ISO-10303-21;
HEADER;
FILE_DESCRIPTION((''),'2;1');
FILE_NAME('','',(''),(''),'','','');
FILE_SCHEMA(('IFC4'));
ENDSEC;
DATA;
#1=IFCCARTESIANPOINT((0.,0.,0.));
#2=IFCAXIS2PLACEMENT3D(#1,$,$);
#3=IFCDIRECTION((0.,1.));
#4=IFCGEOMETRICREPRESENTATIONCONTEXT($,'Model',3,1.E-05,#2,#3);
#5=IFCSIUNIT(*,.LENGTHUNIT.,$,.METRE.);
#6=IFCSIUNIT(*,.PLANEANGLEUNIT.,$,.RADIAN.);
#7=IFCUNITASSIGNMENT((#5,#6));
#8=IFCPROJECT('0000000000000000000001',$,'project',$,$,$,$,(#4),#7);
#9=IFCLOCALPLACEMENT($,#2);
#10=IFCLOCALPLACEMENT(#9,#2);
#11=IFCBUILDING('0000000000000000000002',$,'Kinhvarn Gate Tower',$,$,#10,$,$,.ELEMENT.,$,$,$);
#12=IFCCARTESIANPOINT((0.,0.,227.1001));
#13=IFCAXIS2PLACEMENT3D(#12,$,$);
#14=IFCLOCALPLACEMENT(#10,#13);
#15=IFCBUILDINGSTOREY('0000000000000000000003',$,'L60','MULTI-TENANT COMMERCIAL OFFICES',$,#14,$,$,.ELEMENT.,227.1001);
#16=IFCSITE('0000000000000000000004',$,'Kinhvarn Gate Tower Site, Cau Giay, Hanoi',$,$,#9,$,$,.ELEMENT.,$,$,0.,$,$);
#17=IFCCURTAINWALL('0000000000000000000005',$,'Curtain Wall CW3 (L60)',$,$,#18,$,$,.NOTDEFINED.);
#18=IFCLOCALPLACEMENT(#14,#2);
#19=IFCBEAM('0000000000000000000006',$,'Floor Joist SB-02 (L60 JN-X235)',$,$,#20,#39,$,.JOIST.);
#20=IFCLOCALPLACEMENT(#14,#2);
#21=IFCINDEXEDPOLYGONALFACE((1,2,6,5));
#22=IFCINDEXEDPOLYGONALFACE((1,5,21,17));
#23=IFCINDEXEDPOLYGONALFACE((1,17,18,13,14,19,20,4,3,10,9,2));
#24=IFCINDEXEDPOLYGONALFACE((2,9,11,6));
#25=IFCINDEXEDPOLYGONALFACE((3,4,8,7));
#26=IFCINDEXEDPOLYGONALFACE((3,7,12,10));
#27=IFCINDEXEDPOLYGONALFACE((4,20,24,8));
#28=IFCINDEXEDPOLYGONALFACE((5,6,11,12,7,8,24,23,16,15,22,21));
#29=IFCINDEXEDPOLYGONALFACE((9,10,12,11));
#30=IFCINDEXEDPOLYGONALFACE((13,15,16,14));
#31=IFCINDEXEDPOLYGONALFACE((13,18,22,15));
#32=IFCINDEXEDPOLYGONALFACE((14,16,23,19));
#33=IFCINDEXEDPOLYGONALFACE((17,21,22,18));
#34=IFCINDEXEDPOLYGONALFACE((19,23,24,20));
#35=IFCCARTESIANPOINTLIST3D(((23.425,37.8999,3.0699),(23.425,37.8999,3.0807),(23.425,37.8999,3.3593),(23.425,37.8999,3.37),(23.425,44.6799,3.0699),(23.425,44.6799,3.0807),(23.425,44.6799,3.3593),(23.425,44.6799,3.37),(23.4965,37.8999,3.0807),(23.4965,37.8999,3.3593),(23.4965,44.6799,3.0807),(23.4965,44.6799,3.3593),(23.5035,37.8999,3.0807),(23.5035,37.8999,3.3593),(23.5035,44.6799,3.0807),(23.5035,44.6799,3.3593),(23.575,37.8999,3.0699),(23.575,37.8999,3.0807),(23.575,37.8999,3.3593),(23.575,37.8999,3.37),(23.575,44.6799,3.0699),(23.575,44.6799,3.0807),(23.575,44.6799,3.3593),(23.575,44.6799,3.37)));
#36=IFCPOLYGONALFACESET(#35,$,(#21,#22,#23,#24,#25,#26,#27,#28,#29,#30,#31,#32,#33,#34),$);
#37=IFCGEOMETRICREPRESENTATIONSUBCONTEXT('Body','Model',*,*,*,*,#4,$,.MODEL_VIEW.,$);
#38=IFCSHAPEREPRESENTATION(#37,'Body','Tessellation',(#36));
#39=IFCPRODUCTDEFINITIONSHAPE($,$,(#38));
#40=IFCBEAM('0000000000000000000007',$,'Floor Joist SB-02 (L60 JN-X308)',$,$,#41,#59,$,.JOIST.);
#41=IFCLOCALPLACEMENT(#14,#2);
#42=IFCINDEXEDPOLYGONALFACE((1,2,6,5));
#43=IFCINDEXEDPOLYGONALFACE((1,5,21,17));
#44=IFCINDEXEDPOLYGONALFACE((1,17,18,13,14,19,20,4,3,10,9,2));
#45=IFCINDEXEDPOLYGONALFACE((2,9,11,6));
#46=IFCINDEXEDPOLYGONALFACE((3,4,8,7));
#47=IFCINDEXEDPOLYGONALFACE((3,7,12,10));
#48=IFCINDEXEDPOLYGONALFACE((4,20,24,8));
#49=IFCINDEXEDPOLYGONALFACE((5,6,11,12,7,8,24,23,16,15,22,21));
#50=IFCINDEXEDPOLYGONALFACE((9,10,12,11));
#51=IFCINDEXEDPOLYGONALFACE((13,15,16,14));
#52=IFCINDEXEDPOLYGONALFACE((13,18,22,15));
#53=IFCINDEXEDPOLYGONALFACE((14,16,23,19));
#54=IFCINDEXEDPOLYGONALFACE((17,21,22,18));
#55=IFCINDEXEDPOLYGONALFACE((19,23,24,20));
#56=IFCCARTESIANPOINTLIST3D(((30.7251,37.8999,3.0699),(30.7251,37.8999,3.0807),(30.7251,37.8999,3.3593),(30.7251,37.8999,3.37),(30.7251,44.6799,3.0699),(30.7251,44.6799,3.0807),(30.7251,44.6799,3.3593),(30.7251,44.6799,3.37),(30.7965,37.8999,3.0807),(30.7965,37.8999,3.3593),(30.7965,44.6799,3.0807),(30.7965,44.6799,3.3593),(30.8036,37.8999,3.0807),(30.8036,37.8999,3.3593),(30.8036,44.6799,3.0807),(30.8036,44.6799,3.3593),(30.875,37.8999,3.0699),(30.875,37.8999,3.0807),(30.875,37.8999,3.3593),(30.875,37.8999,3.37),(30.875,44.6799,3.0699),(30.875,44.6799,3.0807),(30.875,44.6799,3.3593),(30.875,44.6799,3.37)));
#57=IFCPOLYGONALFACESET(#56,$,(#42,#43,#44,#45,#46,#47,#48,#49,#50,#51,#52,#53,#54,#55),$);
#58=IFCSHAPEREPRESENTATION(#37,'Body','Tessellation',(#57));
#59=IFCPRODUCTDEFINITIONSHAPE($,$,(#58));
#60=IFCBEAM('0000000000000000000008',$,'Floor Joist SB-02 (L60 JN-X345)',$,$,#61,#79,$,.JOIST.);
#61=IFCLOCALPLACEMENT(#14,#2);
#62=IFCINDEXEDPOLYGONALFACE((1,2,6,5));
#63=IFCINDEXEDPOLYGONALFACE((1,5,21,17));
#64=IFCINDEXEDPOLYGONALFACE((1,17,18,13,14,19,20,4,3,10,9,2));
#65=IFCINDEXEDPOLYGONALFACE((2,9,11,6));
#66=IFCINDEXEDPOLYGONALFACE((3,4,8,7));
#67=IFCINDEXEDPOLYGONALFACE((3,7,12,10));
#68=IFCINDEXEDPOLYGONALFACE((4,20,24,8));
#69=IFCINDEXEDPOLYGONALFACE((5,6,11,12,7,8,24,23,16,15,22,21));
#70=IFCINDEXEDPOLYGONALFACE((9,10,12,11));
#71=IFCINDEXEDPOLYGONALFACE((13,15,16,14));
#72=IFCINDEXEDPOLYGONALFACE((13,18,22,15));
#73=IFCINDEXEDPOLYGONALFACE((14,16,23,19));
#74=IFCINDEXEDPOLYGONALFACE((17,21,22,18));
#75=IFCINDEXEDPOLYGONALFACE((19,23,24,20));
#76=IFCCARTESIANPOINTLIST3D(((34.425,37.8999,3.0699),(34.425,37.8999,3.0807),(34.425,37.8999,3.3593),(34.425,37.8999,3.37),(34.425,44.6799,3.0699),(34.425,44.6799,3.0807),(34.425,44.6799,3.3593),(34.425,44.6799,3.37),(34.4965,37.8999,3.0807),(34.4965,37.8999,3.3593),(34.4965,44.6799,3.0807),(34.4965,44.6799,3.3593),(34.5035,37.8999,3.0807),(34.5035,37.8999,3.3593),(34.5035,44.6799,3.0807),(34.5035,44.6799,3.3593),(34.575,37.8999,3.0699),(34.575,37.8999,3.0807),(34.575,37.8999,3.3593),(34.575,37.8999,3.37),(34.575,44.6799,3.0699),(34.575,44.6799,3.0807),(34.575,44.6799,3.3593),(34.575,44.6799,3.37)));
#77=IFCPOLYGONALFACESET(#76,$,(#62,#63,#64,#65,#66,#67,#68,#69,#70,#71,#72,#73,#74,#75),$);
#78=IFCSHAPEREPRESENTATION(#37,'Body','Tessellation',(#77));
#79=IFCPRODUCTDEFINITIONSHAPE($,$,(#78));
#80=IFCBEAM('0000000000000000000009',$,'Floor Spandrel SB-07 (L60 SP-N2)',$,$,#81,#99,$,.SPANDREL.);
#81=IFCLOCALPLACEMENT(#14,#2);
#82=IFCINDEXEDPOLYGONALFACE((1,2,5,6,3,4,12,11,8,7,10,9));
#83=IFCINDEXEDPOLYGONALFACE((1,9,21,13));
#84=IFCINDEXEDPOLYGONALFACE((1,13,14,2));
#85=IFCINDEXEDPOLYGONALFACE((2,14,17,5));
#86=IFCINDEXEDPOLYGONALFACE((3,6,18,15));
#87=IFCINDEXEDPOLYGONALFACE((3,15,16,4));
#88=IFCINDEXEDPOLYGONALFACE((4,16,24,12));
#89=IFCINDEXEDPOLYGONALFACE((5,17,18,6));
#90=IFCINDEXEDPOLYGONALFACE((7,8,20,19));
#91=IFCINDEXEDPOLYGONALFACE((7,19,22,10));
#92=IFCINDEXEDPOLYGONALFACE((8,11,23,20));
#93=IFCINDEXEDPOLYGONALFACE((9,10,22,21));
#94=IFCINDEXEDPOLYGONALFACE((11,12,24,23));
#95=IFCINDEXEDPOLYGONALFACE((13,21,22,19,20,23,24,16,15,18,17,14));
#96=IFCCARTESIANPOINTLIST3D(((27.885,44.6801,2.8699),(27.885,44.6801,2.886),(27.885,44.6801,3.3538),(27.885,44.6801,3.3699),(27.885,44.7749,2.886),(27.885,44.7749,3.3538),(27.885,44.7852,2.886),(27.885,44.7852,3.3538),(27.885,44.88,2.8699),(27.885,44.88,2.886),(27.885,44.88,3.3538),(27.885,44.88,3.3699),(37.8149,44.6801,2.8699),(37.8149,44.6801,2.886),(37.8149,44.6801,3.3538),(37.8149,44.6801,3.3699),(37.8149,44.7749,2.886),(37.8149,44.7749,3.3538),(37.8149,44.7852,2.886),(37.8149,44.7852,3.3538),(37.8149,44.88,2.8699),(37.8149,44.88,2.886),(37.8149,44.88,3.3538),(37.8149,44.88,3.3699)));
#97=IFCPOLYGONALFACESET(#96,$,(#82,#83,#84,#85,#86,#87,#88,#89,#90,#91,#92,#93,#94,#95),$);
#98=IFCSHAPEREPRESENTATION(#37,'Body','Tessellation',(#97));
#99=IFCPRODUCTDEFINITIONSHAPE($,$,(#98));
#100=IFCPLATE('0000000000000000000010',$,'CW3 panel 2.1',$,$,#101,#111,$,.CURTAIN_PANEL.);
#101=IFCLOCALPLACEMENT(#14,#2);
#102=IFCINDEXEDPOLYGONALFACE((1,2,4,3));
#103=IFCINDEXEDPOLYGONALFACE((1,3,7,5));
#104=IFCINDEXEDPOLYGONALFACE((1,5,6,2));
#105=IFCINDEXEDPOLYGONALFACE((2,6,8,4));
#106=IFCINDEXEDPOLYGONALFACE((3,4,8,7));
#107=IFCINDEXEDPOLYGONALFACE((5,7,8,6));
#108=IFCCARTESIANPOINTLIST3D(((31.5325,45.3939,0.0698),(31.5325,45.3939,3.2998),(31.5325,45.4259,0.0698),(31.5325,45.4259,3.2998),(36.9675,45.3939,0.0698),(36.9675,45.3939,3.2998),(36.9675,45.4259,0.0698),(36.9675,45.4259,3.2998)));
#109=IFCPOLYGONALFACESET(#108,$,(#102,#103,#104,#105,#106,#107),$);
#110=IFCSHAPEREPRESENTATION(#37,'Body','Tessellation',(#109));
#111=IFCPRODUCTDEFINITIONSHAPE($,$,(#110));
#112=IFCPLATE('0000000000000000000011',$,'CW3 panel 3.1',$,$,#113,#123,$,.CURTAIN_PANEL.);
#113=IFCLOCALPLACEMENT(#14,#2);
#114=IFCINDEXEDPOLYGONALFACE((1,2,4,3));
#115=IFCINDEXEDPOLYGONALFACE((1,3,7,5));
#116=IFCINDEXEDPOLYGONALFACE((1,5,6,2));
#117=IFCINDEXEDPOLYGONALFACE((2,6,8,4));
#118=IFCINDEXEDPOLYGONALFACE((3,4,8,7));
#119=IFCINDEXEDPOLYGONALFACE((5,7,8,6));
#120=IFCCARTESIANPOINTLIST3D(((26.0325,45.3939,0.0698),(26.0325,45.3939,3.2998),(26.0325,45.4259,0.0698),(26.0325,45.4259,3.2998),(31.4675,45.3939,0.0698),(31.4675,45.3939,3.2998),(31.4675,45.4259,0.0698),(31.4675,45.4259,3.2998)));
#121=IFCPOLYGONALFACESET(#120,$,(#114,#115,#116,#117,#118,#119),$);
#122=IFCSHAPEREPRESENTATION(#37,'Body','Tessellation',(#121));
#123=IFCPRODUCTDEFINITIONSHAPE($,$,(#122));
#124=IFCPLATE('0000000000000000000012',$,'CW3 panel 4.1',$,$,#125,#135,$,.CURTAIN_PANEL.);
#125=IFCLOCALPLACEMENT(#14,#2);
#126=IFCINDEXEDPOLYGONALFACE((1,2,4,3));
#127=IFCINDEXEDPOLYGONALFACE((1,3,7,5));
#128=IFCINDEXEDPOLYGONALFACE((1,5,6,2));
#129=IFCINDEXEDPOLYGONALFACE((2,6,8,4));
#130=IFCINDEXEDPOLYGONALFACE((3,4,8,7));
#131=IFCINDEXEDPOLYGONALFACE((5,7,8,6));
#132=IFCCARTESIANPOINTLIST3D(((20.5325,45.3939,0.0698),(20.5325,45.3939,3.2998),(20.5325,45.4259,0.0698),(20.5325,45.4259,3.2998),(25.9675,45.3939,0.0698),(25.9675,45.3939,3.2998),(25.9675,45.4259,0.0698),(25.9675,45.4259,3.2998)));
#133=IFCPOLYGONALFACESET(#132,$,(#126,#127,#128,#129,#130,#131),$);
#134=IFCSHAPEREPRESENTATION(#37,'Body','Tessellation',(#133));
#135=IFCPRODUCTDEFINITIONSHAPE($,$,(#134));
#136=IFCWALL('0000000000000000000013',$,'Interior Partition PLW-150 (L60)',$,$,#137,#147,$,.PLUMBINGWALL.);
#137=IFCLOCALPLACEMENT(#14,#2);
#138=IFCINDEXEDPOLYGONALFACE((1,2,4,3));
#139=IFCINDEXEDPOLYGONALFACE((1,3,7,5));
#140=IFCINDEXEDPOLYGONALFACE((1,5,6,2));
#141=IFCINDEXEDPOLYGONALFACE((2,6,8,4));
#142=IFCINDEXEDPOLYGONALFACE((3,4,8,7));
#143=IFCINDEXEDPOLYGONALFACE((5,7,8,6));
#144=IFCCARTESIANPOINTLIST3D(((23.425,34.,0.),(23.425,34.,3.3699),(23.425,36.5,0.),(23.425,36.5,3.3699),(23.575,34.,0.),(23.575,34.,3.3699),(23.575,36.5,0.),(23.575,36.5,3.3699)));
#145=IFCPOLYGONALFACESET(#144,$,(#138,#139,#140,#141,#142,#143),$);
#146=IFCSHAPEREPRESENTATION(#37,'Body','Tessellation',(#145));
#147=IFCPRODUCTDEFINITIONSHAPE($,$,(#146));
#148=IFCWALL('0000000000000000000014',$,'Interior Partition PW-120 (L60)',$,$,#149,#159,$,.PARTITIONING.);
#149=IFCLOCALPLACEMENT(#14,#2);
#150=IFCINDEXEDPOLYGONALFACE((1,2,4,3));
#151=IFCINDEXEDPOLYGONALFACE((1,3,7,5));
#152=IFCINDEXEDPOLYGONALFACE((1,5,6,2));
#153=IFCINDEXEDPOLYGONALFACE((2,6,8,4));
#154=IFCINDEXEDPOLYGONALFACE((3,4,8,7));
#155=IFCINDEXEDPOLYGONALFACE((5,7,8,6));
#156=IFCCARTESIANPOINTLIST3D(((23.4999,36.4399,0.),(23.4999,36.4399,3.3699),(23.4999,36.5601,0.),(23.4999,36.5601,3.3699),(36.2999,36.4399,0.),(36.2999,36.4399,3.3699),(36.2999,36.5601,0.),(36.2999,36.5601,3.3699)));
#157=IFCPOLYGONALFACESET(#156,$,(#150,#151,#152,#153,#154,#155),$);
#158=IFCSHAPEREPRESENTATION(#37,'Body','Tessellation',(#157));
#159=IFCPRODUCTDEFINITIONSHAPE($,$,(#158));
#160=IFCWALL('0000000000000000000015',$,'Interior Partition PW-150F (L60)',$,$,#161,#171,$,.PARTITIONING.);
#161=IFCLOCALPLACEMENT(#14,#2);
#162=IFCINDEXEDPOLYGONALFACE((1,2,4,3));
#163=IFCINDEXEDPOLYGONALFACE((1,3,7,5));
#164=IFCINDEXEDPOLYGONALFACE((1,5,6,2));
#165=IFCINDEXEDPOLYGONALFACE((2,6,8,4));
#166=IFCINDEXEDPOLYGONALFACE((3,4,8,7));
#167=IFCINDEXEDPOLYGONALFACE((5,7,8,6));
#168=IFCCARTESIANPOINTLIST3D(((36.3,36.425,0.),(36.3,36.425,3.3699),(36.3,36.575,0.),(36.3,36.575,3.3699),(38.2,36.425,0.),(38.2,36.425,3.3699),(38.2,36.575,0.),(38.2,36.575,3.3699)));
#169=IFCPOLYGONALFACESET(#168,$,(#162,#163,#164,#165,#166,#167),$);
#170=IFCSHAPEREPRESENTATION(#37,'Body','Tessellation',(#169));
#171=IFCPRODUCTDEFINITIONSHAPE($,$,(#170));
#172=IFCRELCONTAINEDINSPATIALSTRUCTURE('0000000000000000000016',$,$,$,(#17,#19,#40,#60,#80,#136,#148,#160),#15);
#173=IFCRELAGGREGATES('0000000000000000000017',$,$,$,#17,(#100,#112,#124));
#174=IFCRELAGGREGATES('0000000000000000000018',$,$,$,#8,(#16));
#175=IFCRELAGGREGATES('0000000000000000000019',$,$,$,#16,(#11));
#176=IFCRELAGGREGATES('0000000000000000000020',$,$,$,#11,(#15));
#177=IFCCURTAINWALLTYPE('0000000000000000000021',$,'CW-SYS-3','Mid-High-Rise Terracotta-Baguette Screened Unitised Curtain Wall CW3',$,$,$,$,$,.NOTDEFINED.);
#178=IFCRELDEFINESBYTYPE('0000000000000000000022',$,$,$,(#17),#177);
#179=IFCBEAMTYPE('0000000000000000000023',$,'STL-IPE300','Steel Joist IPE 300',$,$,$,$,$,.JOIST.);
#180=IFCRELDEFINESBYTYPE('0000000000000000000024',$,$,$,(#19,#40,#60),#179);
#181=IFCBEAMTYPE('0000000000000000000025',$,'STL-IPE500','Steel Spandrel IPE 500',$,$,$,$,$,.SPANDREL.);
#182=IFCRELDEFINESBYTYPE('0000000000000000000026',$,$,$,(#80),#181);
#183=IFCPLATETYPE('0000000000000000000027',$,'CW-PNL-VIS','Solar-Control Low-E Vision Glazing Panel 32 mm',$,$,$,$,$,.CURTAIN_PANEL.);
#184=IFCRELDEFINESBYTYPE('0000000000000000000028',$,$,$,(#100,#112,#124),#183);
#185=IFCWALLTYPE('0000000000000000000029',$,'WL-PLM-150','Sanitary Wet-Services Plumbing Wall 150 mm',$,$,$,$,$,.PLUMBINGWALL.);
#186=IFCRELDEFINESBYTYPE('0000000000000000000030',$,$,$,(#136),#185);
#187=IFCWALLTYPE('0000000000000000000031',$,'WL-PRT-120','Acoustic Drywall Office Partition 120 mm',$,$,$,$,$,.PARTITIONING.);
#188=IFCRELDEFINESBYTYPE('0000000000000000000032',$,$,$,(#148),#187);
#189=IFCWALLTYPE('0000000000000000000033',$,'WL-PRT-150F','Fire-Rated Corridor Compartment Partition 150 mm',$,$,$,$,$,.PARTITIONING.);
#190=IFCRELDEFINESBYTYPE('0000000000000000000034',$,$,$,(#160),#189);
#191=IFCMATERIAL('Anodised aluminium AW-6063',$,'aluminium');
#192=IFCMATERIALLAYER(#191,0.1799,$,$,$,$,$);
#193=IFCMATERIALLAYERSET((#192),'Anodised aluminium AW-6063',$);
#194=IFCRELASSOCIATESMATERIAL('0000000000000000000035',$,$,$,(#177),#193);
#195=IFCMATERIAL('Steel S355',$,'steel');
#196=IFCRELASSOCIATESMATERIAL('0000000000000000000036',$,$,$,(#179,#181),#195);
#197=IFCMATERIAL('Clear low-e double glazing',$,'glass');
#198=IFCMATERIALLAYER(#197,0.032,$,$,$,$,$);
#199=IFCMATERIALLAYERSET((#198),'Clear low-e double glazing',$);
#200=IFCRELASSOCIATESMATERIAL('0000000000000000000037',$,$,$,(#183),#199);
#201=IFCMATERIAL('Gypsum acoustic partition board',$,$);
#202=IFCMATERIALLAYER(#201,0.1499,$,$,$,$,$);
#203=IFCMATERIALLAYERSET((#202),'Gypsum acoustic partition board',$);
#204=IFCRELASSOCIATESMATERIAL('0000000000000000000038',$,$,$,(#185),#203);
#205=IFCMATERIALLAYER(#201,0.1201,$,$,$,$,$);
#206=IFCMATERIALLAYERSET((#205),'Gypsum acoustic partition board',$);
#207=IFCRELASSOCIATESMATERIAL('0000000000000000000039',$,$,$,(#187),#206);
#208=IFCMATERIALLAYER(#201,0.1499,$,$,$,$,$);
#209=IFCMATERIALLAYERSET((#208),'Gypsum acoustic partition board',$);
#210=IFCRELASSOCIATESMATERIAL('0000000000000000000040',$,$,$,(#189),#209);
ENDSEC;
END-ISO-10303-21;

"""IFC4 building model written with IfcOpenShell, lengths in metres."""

from ifc_helpers import new_model, si_unit, direction, frame, frame_2d, origin, origin_2d, place, context, subcontext, project, spatial, rectangle, i_section, extrude, material, layer, layer_set, material_profile, profile_set, type_object, element, aggregate, save


model = new_model("IFC4")

# Units and contexts
model_context = context("Model", 3, precision=1e-05, world=origin(), true_north=direction((0.0, 1.0)))
body_context = subcontext(model_context, "Body", "Model", "MODEL_VIEW")
ifc_project = project(units=[si_unit("LENGTHUNIT", "METRE"), si_unit("PLANEANGLEUNIT", "RADIAN")], contexts=[model_context])

# Site, building, storey
site_placement = place(None, origin())
site = spatial("IfcSite", under=ifc_project, at=site_placement, Name="Kinhvarn Gate Tower Site, Cau Giay, Hanoi", CompositionType="ELEMENT", RefElevation=0.0)
building_placement = place(site_placement, origin())
building = spatial("IfcBuilding", under=site, at=building_placement, Name="Kinhvarn Gate Tower", CompositionType="ELEMENT")
storey_placement = place(building_placement, frame((0.0, 0.0, 227.1001)))
storey = spatial("IfcBuildingStorey", under=building, at=storey_placement, Name="L60", Description="MULTI-TENANT COMMERCIAL OFFICES", CompositionType="ELEMENT", Elevation=227.1001)

# Curtain wall
ifc_material_1 = material(Name="Anodised aluminium AW-6063", Category="aluminium")
ifc_layer_1 = layer(ifc_material_1, 0.1799)
ifc_layer_set_1 = layer_set([ifc_layer_1], Name="Anodised aluminium AW-6063")
curtain_wall_type = type_object("IfcCurtainWallType", Name="CW-SYS-3", Description="Mid-High-Rise Terracotta-Baguette Screened Unitised Curtain Wall CW3", PredefinedType="NOTDEFINED", material=ifc_layer_set_1)
curtain_wall_placement = place(storey_placement, origin())
curtain_wall = element("IfcCurtainWall", 1, at=curtain_wall_placement, inside=storey, type_object=curtain_wall_type, Name="Curtain Wall CW3 (L60)", PredefinedType="NOTDEFINED")

# Beams
ifc_material_2 = material(Name="Steel S355", Category="steel")
ifc_material_profile_1 = material_profile(ifc_material_2, i_section(OverallWidth=0.1499, OverallDepth=0.3, WebThickness=0.0071, FlangeThickness=0.0107, at=origin_2d()), Name="IPE 300")
ifc_profile_set_1 = profile_set([ifc_material_profile_1], Name="Steel S355")
beam_type_1 = type_object("IfcBeamType", Name="STL-IPE300", Description="Steel Joist IPE 300", PredefinedType="JOIST", material=ifc_profile_set_1)
for number, where, z_axis, x_axis, name in (
    (2, (23.5, 37.8999, 3.22), (0.0, 1.0, 0.0), (-1.0, 0.0, 0.0), "Floor Joist SB-02 (L60 JN-X235)"),
    (3, (30.8, 37.8999, 3.22), (0.0, 1.0, 0.0), (-1.0, 0.0, 0.0), "Floor Joist SB-02 (L60 JN-X308)"),
    (4, (34.5, 37.8999, 3.22), (0.0, 1.0, 0.0), (-1.0, 0.0, 0.0), "Floor Joist SB-02 (L60 JN-X345)"),
):
    element("IfcBeam", number, at=place(storey_placement, frame(where, z_axis=z_axis, x_axis=x_axis)), inside=storey, type_object=beam_type_1, Name=name, PredefinedType="JOIST", context=body_context, shape_type="SweptSolid", body=[
        extrude(i_section(OverallWidth=0.1499, OverallDepth=0.3, WebThickness=0.0071, FlangeThickness=0.0107, at=origin_2d()), origin(), (0.0, 0.0, 1.0), 6.78),
    ])
ifc_material_profile_2 = material_profile(ifc_material_2, i_section(OverallWidth=0.2, OverallDepth=0.5, WebThickness=0.0103, FlangeThickness=0.0161, at=origin_2d()), Name="IPE 500")
ifc_profile_set_2 = profile_set([ifc_material_profile_2], Name="Steel S355")
beam_type_2 = type_object("IfcBeamType", Name="STL-IPE500", Description="Steel Spandrel IPE 500", PredefinedType="SPANDREL", material=ifc_profile_set_2)
beam_1_placement = place(storey_placement, frame((27.885, 44.78, 3.1199), z_axis=(1.0, 0.0, 0.0), x_axis=(0.0, 1.0, 0.0)))
element("IfcBeam", 5, at=beam_1_placement, inside=storey, type_object=beam_type_2, Name="Floor Spandrel SB-07 (L60 SP-N2)", PredefinedType="SPANDREL", context=body_context, shape_type="SweptSolid", body=[
    extrude(i_section(OverallWidth=0.2, OverallDepth=0.5, WebThickness=0.0103, FlangeThickness=0.0161, at=origin_2d()), origin(), (0.0, 0.0, 1.0), 9.9299),
])

# Plates
ifc_material_3 = material(Name="Clear low-e double glazing", Category="glass")
ifc_layer_2 = layer(ifc_material_3, 0.032)
ifc_layer_set_2 = layer_set([ifc_layer_2], Name="Clear low-e double glazing")
plate_type = type_object("IfcPlateType", Name="CW-PNL-VIS", Description="Solar-Control Low-E Vision Glazing Panel 32 mm", PredefinedType="CURTAIN_PANEL", material=ifc_layer_set_2)
plate_1_placement = place(storey_placement, frame((34.25, 45.4099, 0.0698), z_axis=(0.0, 0.0, 1.0), x_axis=(-1.0, 0.0, 0.0)))
plate_1 = element("IfcPlate", 6, at=plate_1_placement, type_object=plate_type, Name="CW3 panel 2.1", PredefinedType="CURTAIN_PANEL", context=body_context, shape_type="SweptSolid", body=[
    extrude(rectangle(XDim=5.4351, YDim=0.032, at=origin_2d()), origin(), (0.0, 0.0, 1.0), 3.23),
])
plate_2_placement = place(storey_placement, frame((28.75, 45.4099, 0.0698), z_axis=(0.0, 0.0, 1.0), x_axis=(-1.0, 0.0, 0.0)))
plate_2 = element("IfcPlate", 7, at=plate_2_placement, type_object=plate_type, Name="CW3 panel 3.1", PredefinedType="CURTAIN_PANEL", context=body_context, shape_type="SweptSolid", body=[
    extrude(rectangle(XDim=5.4351, YDim=0.032, at=origin_2d()), origin(), (0.0, 0.0, 1.0), 3.23),
])
plate_3_placement = place(storey_placement, frame((23.25, 45.4099, 0.0698), z_axis=(0.0, 0.0, 1.0), x_axis=(-1.0, 0.0, 0.0)))
plate_3 = element("IfcPlate", 8, at=plate_3_placement, type_object=plate_type, Name="CW3 panel 4.1", PredefinedType="CURTAIN_PANEL", context=body_context, shape_type="SweptSolid", body=[
    extrude(rectangle(XDim=5.4351, YDim=0.032, at=origin_2d()), origin(), (0.0, 0.0, 1.0), 3.23),
])
aggregate(curtain_wall, [plate_1, plate_2, plate_3])

# Walls
ifc_material_4 = material(Name="Gypsum acoustic partition board")
ifc_layer_3 = layer(ifc_material_4, 0.1499)
ifc_layer_set_3 = layer_set([ifc_layer_3], Name="Gypsum acoustic partition board")
wall_type_1 = type_object("IfcWallType", Name="WL-PLM-150", Description="Sanitary Wet-Services Plumbing Wall 150 mm", PredefinedType="PLUMBINGWALL", material=ifc_layer_set_3)
wall_1_placement = place(storey_placement, frame((23.5, 34.0, 0.0), z_axis=(0.0, 0.0, 1.0), x_axis=(0.0, 1.0, 0.0)))
element("IfcWall", 9, at=wall_1_placement, inside=storey, type_object=wall_type_1, Name="Interior Partition PLW-150 (L60)", PredefinedType="PLUMBINGWALL", context=body_context, shape_type="SweptSolid", body=[
    extrude(rectangle(XDim=2.5, YDim=0.1499, at=frame_2d((1.25, 0.0))), origin(), (0.0, 0.0, 1.0), 3.3699),
])
ifc_layer_4 = layer(ifc_material_4, 0.1201)
ifc_layer_set_4 = layer_set([ifc_layer_4], Name="Gypsum acoustic partition board")
wall_type_2 = type_object("IfcWallType", Name="WL-PRT-120", Description="Acoustic Drywall Office Partition 120 mm", PredefinedType="PARTITIONING", material=ifc_layer_set_4)
wall_2_placement = place(storey_placement, frame((23.5, 36.5, 0.0), z_axis=(0.0, 0.0, 1.0), x_axis=(1.0, 0.0, 0.0)))
element("IfcWall", 10, at=wall_2_placement, inside=storey, type_object=wall_type_2, Name="Interior Partition PW-120 (L60)", PredefinedType="PARTITIONING", context=body_context, shape_type="SweptSolid", body=[
    extrude(rectangle(XDim=12.8, YDim=0.1201, at=frame_2d((6.3999, 0.0))), origin(), (0.0, 0.0, 1.0), 3.3699),
])

# Shared definitions
ifc_layer_5 = layer(ifc_material_4, 0.1499)
ifc_layer_set_5 = layer_set([ifc_layer_5], Name="Gypsum acoustic partition board")
wall_type_3 = type_object("IfcWallType", Name="WL-PRT-150F", Description="Fire-Rated Corridor Compartment Partition 150 mm", PredefinedType="PARTITIONING", material=ifc_layer_set_5)

# Wall
wall_3_placement = place(storey_placement, frame((36.3, 36.5, 0.0), z_axis=(0.0, 0.0, 1.0), x_axis=(1.0, 0.0, 0.0)))
element("IfcWall", 11, at=wall_3_placement, inside=storey, type_object=wall_type_3, Name="Interior Partition PW-150F (L60)", PredefinedType="PARTITIONING", context=body_context, shape_type="SweptSolid", body=[
    extrude(rectangle(XDim=1.8999, YDim=0.1499, at=frame_2d((0.95, 0.0))), origin(), (0.0, 0.0, 1.0), 3.3699),
])

save(model, "model.ifc")
